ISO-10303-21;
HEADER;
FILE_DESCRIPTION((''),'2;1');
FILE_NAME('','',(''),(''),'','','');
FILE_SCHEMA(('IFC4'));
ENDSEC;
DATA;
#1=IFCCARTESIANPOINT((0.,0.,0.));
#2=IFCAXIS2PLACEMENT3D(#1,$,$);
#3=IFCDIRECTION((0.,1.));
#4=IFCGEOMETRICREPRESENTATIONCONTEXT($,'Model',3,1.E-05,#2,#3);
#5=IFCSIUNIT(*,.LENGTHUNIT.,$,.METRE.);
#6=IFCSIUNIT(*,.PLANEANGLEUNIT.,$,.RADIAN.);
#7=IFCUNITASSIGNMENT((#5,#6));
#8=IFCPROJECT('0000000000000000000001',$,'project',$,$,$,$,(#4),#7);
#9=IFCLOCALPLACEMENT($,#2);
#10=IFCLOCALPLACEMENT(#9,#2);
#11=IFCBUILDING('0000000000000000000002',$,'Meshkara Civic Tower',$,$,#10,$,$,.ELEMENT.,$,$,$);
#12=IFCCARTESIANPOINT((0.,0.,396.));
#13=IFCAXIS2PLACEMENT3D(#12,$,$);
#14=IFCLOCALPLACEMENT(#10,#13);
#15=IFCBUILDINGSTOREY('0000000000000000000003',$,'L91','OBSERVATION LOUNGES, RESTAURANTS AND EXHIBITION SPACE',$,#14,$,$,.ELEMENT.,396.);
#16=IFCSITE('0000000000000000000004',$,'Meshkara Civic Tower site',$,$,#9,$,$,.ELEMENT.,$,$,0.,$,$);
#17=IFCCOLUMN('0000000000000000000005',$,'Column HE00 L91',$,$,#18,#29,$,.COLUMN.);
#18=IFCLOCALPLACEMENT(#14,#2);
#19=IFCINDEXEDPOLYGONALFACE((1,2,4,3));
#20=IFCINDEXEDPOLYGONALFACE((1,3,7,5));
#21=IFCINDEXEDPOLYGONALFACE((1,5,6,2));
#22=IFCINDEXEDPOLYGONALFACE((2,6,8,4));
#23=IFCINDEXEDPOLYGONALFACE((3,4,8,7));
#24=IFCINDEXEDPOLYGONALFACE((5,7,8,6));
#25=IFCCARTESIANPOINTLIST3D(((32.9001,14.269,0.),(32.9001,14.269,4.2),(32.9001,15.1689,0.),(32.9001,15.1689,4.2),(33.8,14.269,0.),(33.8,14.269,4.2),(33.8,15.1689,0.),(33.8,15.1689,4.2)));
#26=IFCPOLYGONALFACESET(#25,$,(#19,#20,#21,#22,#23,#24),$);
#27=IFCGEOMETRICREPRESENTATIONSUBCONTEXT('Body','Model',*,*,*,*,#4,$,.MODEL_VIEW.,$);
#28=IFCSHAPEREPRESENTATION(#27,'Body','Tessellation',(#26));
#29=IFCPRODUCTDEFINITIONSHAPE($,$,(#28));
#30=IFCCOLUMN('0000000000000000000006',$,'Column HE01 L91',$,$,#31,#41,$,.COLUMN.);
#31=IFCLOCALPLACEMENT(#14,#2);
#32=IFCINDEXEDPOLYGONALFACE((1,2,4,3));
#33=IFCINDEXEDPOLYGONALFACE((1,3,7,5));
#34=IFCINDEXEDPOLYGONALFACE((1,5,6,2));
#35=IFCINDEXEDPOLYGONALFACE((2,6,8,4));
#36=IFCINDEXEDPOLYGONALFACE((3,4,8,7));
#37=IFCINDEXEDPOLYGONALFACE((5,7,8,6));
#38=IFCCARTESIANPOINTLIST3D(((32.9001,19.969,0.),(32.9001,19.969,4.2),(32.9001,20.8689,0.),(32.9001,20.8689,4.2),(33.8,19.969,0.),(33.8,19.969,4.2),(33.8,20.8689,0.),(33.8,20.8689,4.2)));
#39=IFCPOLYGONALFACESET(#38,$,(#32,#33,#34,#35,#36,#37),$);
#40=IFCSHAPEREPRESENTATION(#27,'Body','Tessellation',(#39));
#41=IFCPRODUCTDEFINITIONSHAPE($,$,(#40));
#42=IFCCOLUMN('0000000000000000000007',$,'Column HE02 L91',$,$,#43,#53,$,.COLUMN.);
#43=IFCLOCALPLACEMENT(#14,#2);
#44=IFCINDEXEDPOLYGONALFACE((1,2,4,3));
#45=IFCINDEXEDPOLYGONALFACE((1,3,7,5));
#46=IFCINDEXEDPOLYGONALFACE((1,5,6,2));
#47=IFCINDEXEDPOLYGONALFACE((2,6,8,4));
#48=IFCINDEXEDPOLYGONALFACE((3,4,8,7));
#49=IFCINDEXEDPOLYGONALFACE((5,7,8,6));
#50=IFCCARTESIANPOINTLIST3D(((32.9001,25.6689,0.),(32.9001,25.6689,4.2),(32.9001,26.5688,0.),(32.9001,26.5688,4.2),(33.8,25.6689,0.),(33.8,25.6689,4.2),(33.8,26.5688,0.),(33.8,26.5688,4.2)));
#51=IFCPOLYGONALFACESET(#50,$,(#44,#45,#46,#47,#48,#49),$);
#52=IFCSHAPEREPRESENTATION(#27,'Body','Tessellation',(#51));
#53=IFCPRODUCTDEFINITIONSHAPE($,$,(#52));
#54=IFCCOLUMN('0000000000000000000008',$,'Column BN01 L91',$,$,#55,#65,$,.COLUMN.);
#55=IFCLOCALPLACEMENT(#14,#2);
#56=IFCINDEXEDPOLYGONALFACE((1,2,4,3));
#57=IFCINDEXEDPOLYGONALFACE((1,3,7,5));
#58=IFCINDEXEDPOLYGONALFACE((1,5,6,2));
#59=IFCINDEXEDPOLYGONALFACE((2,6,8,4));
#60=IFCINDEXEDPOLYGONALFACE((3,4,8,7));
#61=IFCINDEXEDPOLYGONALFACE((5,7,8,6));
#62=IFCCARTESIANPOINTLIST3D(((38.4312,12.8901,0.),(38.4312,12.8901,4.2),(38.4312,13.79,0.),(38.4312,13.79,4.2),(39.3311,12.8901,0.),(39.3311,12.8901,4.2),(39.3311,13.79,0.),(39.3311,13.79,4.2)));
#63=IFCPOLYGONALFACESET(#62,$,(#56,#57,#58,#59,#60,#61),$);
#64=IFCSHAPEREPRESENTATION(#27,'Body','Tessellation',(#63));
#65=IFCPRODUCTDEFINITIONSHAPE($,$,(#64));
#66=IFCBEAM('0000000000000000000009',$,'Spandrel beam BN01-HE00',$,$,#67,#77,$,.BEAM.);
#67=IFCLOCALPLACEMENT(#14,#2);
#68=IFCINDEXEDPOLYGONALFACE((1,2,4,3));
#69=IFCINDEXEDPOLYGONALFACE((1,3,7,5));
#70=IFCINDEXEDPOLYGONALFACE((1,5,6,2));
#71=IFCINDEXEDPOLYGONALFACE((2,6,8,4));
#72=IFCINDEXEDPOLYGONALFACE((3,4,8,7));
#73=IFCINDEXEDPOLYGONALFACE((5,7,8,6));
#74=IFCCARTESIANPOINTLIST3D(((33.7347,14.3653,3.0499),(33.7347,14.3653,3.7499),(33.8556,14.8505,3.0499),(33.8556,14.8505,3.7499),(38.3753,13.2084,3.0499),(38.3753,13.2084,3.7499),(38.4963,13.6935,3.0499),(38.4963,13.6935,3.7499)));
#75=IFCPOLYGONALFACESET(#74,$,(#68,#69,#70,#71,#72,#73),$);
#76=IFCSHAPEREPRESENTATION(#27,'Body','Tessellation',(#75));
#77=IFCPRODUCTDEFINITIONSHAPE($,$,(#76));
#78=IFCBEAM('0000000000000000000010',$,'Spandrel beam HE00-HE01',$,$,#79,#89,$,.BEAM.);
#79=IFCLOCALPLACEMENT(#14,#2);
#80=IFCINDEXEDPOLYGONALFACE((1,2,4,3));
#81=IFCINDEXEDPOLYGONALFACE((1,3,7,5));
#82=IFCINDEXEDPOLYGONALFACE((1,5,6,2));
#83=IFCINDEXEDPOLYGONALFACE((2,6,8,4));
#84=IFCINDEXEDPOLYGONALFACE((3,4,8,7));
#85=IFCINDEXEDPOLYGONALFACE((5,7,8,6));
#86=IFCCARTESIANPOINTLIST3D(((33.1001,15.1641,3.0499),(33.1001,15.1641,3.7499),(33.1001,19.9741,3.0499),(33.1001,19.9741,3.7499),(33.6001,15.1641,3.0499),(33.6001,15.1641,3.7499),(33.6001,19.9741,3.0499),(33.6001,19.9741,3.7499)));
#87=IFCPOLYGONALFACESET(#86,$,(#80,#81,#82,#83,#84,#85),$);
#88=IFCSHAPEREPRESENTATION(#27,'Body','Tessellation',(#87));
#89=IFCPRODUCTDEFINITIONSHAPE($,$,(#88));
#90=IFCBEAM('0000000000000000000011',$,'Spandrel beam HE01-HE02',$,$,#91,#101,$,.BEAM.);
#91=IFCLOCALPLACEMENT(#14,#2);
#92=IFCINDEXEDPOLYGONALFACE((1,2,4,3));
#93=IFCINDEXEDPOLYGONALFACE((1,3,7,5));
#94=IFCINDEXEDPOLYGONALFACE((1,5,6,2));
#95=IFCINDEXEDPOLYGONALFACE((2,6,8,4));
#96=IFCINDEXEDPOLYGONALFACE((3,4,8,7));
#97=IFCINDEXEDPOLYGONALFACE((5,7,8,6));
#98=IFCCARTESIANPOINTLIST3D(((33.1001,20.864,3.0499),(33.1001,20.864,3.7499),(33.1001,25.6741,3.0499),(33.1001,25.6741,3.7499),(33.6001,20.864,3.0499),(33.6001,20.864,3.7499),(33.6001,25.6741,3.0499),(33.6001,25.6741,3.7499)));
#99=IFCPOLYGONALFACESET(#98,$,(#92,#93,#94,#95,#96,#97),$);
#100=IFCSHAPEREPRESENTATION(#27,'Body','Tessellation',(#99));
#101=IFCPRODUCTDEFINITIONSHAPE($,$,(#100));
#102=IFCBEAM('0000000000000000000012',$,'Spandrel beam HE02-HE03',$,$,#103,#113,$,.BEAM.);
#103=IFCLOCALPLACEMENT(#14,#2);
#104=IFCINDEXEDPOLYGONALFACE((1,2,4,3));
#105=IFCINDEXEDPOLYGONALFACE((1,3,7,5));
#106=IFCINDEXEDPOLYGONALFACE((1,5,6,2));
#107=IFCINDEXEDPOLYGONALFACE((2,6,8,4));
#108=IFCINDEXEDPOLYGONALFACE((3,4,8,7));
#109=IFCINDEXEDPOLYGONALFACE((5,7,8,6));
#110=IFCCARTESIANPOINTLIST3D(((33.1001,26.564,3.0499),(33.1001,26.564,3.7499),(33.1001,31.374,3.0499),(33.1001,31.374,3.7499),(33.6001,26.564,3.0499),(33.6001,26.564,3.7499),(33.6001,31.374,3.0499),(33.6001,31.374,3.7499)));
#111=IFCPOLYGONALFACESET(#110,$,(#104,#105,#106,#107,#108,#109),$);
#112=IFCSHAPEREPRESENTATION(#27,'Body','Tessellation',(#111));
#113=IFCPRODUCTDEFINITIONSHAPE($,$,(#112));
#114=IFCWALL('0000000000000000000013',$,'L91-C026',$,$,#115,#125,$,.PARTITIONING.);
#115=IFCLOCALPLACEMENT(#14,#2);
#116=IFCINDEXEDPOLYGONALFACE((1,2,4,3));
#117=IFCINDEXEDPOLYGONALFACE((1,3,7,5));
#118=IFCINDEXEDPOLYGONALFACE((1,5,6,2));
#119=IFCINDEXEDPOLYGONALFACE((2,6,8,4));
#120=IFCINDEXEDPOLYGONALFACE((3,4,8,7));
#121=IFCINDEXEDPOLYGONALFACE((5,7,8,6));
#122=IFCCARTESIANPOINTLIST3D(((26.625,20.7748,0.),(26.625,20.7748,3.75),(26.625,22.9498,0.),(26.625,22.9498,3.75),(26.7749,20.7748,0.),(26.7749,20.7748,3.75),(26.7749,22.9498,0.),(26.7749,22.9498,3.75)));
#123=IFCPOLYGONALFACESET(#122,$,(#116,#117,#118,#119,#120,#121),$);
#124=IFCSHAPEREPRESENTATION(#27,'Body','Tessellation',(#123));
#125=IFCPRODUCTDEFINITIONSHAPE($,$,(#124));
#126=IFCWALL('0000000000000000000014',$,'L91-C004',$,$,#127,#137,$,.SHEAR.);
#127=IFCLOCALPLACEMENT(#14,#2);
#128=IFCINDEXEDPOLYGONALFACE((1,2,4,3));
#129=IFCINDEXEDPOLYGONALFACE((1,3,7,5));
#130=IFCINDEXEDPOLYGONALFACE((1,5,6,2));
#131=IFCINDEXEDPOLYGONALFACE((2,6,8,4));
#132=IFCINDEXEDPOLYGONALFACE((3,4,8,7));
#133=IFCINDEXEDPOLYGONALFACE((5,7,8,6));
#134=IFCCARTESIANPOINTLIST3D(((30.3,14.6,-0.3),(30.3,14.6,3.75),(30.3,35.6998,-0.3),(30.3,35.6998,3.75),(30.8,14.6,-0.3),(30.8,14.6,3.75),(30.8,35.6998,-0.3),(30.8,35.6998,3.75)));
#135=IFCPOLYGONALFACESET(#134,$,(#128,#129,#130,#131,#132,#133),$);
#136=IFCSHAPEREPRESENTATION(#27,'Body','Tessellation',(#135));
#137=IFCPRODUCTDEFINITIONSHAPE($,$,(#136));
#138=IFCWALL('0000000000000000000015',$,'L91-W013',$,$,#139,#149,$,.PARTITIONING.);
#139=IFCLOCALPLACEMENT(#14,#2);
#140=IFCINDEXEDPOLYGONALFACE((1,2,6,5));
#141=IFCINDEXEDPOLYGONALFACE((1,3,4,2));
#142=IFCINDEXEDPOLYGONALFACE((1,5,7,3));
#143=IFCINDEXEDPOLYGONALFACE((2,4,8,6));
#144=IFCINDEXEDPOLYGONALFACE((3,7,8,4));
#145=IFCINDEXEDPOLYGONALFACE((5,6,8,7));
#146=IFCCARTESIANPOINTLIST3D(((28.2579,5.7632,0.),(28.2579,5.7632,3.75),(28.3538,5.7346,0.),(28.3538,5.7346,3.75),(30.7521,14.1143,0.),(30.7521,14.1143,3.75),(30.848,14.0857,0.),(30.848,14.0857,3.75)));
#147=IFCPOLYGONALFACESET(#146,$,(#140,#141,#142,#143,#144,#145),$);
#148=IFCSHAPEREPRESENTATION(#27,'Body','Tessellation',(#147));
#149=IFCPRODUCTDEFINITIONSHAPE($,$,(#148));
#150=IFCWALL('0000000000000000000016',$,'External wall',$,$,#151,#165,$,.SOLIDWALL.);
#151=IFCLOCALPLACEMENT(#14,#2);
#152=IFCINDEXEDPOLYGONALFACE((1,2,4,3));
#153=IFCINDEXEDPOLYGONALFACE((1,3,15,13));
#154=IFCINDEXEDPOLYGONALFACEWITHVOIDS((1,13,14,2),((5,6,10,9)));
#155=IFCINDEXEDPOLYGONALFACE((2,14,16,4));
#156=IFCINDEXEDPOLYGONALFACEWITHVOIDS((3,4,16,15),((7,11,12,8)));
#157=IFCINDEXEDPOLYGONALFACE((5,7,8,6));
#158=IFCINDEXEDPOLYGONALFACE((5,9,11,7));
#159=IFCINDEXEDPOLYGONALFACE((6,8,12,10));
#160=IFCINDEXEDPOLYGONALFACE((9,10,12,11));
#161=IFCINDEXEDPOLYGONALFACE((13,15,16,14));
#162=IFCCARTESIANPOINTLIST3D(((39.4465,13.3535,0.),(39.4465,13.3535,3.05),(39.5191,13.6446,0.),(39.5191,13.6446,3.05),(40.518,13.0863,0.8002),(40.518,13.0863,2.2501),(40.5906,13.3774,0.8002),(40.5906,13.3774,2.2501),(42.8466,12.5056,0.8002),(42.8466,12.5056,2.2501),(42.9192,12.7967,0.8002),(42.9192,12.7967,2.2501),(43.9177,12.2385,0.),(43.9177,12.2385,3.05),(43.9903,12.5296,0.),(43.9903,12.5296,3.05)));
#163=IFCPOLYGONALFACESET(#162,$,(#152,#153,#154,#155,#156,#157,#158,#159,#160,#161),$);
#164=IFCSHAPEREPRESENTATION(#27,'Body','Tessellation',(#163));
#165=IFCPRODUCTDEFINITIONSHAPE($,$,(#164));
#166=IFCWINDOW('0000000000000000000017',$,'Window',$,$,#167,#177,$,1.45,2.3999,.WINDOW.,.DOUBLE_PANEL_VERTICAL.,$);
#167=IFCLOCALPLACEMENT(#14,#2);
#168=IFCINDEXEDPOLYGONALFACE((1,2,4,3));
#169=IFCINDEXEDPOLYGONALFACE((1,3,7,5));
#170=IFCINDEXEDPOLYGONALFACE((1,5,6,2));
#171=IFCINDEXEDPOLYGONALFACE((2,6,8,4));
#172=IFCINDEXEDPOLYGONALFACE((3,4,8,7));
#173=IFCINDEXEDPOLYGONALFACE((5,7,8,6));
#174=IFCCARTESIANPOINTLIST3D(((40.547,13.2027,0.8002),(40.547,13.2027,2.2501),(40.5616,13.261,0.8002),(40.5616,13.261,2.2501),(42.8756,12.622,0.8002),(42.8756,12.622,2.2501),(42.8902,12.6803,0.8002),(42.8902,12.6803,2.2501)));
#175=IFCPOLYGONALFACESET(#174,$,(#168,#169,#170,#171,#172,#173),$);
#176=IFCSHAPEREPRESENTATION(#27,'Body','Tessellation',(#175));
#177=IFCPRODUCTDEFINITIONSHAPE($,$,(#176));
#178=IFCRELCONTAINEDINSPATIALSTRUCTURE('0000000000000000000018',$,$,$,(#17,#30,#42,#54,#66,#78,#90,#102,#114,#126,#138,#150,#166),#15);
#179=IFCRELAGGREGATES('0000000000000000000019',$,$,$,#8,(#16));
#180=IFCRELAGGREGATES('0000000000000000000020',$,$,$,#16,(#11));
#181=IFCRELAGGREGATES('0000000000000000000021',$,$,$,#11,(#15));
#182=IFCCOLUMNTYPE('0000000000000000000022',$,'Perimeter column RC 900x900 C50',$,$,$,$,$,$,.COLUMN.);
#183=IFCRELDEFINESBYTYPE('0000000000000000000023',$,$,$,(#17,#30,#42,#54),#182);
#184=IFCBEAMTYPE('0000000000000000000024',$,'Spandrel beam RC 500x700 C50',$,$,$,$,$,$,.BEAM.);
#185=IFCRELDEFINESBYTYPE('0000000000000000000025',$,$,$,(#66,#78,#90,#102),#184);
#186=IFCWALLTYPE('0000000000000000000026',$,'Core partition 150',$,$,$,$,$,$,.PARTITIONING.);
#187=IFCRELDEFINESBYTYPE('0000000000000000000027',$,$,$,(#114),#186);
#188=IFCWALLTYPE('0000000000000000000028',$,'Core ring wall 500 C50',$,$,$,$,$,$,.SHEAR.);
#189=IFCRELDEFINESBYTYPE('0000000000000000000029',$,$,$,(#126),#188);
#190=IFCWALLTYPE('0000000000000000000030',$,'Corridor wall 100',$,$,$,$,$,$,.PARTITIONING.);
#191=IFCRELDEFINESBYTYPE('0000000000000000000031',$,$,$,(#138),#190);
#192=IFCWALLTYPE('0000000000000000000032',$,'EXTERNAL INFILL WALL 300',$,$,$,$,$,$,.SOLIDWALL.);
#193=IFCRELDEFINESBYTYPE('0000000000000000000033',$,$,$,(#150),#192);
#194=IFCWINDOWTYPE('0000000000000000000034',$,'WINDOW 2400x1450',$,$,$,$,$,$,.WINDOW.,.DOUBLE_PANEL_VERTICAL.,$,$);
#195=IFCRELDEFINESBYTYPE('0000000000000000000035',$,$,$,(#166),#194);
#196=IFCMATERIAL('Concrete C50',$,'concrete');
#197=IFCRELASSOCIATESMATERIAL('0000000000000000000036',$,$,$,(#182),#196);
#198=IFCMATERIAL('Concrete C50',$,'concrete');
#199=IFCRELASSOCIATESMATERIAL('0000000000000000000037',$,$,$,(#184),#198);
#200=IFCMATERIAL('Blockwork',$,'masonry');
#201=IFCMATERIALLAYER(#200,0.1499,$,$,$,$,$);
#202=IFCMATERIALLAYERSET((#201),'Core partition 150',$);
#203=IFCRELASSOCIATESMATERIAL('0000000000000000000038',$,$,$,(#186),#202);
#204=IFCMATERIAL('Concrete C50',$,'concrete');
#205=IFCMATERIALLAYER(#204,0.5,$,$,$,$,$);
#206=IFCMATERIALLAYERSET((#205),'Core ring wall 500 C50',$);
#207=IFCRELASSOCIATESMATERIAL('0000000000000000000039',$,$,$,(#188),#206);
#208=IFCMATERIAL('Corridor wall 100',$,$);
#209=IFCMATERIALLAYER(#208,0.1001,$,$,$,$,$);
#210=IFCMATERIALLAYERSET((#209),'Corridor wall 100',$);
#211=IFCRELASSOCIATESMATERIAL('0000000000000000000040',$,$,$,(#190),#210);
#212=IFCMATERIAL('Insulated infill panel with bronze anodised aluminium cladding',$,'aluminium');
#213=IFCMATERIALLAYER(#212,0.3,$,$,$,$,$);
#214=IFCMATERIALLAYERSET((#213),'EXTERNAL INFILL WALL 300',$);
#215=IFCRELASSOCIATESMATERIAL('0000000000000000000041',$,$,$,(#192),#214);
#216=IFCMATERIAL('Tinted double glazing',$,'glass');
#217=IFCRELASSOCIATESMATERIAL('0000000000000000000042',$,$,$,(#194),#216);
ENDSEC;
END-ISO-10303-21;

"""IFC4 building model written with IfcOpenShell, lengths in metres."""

from ifc_helpers import new_model, si_unit, direction, frame, frame_2d, origin, origin_2d, place, context, subcontext, project, spatial, rectangle, extrude, material, layer, layer_set, material_profile, profile_set, type_object, element, fill, save


model = new_model("IFC4")

# Units and contexts
model_context = context("Model", 3, precision=1e-05, world=origin(), true_north=direction((0.0, 1.0)))
body_context = subcontext(model_context, "Body", "Model", "MODEL_VIEW")
ifc_project = project(units=[si_unit("LENGTHUNIT", "METRE"), si_unit("PLANEANGLEUNIT", "RADIAN")], contexts=[model_context])

# Site, building, storey
site_placement = place(None, origin())
site = spatial("IfcSite", under=ifc_project, at=site_placement, Name="Meshkara Civic Tower site", CompositionType="ELEMENT", RefElevation=0.0)
building_placement = place(site_placement, origin())
building = spatial("IfcBuilding", under=site, at=building_placement, Name="Meshkara Civic Tower", CompositionType="ELEMENT")
storey_placement = place(building_placement, frame((0.0, 0.0, 396.0)))
storey = spatial("IfcBuildingStorey", under=building, at=storey_placement, Name="L91", Description="OBSERVATION LOUNGES, RESTAURANTS AND EXHIBITION SPACE", CompositionType="ELEMENT", Elevation=396.0)

# Columns
ifc_material_1 = material(Name="Concrete C50", Category="concrete")
ifc_material_profile_1 = material_profile(ifc_material_1, rectangle(XDim=0.8999, YDim=0.8999, at=origin_2d()))
ifc_profile_set_1 = profile_set([ifc_material_profile_1], Name="Concrete C50")
column_type = type_object("IfcColumnType", Name="Perimeter column RC 900x900 C50", PredefinedType="COLUMN", material=ifc_profile_set_1)
for number, where, z_axis, x_axis, name in (
    (1, (33.3501, 14.719, 0.0), (0.0, 0.0, 1.0), (1.0, 0.0, 0.0), "Column HE00 L91"),
    (2, (33.3501, 20.4189, 0.0), (0.0, 0.0, 1.0), (1.0, 0.0, 0.0), "Column HE01 L91"),
    (3, (33.3501, 26.1189, 0.0), (0.0, 0.0, 1.0), (1.0, 0.0, 0.0), "Column HE02 L91"),
    (4, (38.8811, 13.3401, 0.0), (0.0, 0.0, 1.0), (1.0, 0.0, 0.0), "Column BN01 L91"),
):
    element("IfcColumn", number, at=place(storey_placement, frame(where, z_axis=z_axis, x_axis=x_axis)), inside=storey, type_object=column_type, Name=name, PredefinedType="COLUMN", context=body_context, shape_type="SweptSolid", body=[
        extrude(rectangle(XDim=0.8999, YDim=0.8999, at=origin_2d()), origin(), (0.0, 0.0, 1.0), 4.2),
    ])

# Beams
ifc_material_2 = material(Name="Concrete C50", Category="concrete")
ifc_material_profile_2 = material_profile(ifc_material_2, rectangle(XDim=0.5, YDim=0.7, at=origin_2d()))
ifc_profile_set_2 = profile_set([ifc_material_profile_2], Name="Concrete C50")
beam_type = type_object("IfcBeamType", Name="Spandrel beam RC 500x700 C50", PredefinedType="BEAM", material=ifc_profile_set_2)
beam_placement = place(storey_placement, frame((38.4358, 13.4509, 3.3999), z_axis=(-0.970298, 0.241911, 0.0), x_axis=(-0.241911, -0.970298, 0.0)))
element("IfcBeam", 5, at=beam_placement, inside=storey, type_object=beam_type, Name="Spandrel beam BN01-HE00", PredefinedType="BEAM", context=body_context, shape_type="SweptSolid", body=[
    extrude(rectangle(XDim=0.5, YDim=0.7, at=origin_2d()), origin(), (0.0, 0.0, 1.0), 4.7827),
])
for number, where, z_axis, x_axis, name in (
    (6, (33.3501, 15.1641, 3.3999), (0.0, 1.0, 0.0), (-1.0, 0.0, 0.0), "Spandrel beam HE00-HE01"),
    (7, (33.3501, 20.864, 3.3999), (0.0, 1.0, 0.0), (-1.0, 0.0, 0.0), "Spandrel beam HE01-HE02"),
    (8, (33.3501, 26.564, 3.3999), (0.0, 1.0, 0.0), (-1.0, 0.0, 0.0), "Spandrel beam HE02-HE03"),
):
    element("IfcBeam", number, at=place(storey_placement, frame(where, z_axis=z_axis, x_axis=x_axis)), inside=storey, type_object=beam_type, Name=name, PredefinedType="BEAM", context=body_context, shape_type="SweptSolid", body=[
        extrude(rectangle(XDim=0.5, YDim=0.7, at=origin_2d()), origin(), (0.0, 0.0, 1.0), 4.8101),
    ])

# Walls
ifc_material_3 = material(Name="Blockwork", Category="masonry")
ifc_layer_1 = layer(ifc_material_3, 0.1499)
ifc_layer_set_1 = layer_set([ifc_layer_1], Name="Core partition 150")
wall_type_1 = type_object("IfcWallType", Name="Core partition 150", PredefinedType="PARTITIONING", material=ifc_layer_set_1)
wall_1_placement = place(storey_placement, frame((26.7, 20.7749, 0.0), z_axis=(0.0, 0.0, 1.0), x_axis=(0.0, 1.0, 0.0)))
element("IfcWall", 9, at=wall_1_placement, inside=storey, type_object=wall_type_1, Name="L91-C026", PredefinedType="PARTITIONING", context=body_context, shape_type="SweptSolid", body=[
    extrude(rectangle(XDim=2.175, YDim=0.1499, at=frame_2d((1.0874, 0.0))), origin(), (0.0, 0.0, 1.0), 3.75),
])
ifc_material_4 = material(Name="Concrete C50", Category="concrete")
ifc_layer_2 = layer(ifc_material_4, 0.5)
ifc_layer_set_2 = layer_set([ifc_layer_2], Name="Core ring wall 500 C50")
wall_type_2 = type_object("IfcWallType", Name="Core ring wall 500 C50", PredefinedType="SHEAR", material=ifc_layer_set_2)
wall_2_placement = place(storey_placement, frame((30.55, 14.6001, -0.3), z_axis=(0.0, 0.0, 1.0), x_axis=(0.0, 1.0, 0.0)))
element("IfcWall", 10, at=wall_2_placement, inside=storey, type_object=wall_type_2, Name="L91-C004", PredefinedType="SHEAR", context=body_context, shape_type="SweptSolid", body=[
    extrude(rectangle(XDim=21.0999, YDim=0.5, at=frame_2d((10.5498, 0.0))), origin(), (0.0, 0.0, 1.0), 4.05),
])
ifc_material_5 = material(Name="Corridor wall 100")
ifc_layer_3 = layer(ifc_material_5, 0.1001)
ifc_layer_set_3 = layer_set([ifc_layer_3], Name="Corridor wall 100")
wall_type_3 = type_object("IfcWallType", Name="Corridor wall 100", PredefinedType="PARTITIONING", material=ifc_layer_set_3)
wall_3_placement = place(storey_placement, frame((30.8, 14.1001, 0.0), z_axis=(0.0, 0.0, 1.0), x_axis=(-0.286171, -0.958179, 0.0)))
element("IfcWall", 11, at=wall_3_placement, inside=storey, type_object=wall_type_3, Name="L91-W013", PredefinedType="PARTITIONING", context=body_context, shape_type="SweptSolid", body=[
    extrude(rectangle(XDim=8.7156, YDim=0.1001, at=frame_2d((4.3579, 0.0))), origin(), (0.0, 0.0, 1.0), 3.75),
])

# Wall, opening, window
ifc_material_6 = material(Name="Insulated infill panel with bronze anodised aluminium cladding", Category="aluminium")
ifc_layer_4 = layer(ifc_material_6, 0.3)
ifc_layer_set_4 = layer_set([ifc_layer_4], Name="EXTERNAL INFILL WALL 300")
wall_type_4 = type_object("IfcWallType", Name="EXTERNAL INFILL WALL 300", PredefinedType="SOLIDWALL", material=ifc_layer_set_4)
wall_4_placement = place(storey_placement, frame((43.9541, 12.384, 0.0), z_axis=(0.0, 0.0, 1.0), x_axis=(-0.970286, 0.241962, 0.0)))
wall_4 = element("IfcWall", 12, at=wall_4_placement, inside=storey, type_object=wall_type_4, Name="External wall", PredefinedType="SOLIDWALL", context=body_context, shape_type="SweptSolid", body=[
    extrude(rectangle(XDim=4.6082, YDim=0.3, at=frame_2d((2.3042, 0.0))), origin(), (0.0, 0.0, 1.0), 3.05),
])
opening_1_placement = place(wall_4_placement, frame((1.104, 0.0, 0.8)))
opening_1 = element("IfcOpeningElement", 13, at=opening_1_placement, cuts=wall_4, PredefinedType="OPENING", context=body_context, shape_type="SweptSolid", body=[
    extrude(rectangle(XDim=2.3999, YDim=1.45, at=frame_2d((1.2, 0.7251))), frame((0.0, 0.1599, 0.0), z_axis=(0.0, -1.0, 0.0), x_axis=(1.0, 0.0, 0.0)), (0.0, 0.0, 1.0), 0.3201),
])
ifc_material_7 = material(Name="Tinted double glazing", Category="glass")
window_type = type_object("IfcWindowType", Name="WINDOW 2400x1450", PartitioningType="DOUBLE_PANEL_VERTICAL", PredefinedType="WINDOW", material=ifc_material_7)
window_1_placement = place(opening_1_placement, origin())
window_1 = element("IfcWindow", 14, at=window_1_placement, inside=storey, type_object=window_type, Name="Window", OverallHeight=1.45, OverallWidth=2.3999, PartitioningType="DOUBLE_PANEL_VERTICAL", PredefinedType="WINDOW", context=body_context, shape_type="SweptSolid", body=[
    extrude(rectangle(XDim=2.3999, YDim=1.45, at=frame_2d((1.2, 0.7251))), frame((0.0, 0.03, 0.0), z_axis=(0.0, -1.0, 0.0), x_axis=(1.0, 0.0, 0.0)), (0.0, 0.0, 1.0), 0.0601),
])
fill(opening_1, window_1)

save(model, "model.ifc")
